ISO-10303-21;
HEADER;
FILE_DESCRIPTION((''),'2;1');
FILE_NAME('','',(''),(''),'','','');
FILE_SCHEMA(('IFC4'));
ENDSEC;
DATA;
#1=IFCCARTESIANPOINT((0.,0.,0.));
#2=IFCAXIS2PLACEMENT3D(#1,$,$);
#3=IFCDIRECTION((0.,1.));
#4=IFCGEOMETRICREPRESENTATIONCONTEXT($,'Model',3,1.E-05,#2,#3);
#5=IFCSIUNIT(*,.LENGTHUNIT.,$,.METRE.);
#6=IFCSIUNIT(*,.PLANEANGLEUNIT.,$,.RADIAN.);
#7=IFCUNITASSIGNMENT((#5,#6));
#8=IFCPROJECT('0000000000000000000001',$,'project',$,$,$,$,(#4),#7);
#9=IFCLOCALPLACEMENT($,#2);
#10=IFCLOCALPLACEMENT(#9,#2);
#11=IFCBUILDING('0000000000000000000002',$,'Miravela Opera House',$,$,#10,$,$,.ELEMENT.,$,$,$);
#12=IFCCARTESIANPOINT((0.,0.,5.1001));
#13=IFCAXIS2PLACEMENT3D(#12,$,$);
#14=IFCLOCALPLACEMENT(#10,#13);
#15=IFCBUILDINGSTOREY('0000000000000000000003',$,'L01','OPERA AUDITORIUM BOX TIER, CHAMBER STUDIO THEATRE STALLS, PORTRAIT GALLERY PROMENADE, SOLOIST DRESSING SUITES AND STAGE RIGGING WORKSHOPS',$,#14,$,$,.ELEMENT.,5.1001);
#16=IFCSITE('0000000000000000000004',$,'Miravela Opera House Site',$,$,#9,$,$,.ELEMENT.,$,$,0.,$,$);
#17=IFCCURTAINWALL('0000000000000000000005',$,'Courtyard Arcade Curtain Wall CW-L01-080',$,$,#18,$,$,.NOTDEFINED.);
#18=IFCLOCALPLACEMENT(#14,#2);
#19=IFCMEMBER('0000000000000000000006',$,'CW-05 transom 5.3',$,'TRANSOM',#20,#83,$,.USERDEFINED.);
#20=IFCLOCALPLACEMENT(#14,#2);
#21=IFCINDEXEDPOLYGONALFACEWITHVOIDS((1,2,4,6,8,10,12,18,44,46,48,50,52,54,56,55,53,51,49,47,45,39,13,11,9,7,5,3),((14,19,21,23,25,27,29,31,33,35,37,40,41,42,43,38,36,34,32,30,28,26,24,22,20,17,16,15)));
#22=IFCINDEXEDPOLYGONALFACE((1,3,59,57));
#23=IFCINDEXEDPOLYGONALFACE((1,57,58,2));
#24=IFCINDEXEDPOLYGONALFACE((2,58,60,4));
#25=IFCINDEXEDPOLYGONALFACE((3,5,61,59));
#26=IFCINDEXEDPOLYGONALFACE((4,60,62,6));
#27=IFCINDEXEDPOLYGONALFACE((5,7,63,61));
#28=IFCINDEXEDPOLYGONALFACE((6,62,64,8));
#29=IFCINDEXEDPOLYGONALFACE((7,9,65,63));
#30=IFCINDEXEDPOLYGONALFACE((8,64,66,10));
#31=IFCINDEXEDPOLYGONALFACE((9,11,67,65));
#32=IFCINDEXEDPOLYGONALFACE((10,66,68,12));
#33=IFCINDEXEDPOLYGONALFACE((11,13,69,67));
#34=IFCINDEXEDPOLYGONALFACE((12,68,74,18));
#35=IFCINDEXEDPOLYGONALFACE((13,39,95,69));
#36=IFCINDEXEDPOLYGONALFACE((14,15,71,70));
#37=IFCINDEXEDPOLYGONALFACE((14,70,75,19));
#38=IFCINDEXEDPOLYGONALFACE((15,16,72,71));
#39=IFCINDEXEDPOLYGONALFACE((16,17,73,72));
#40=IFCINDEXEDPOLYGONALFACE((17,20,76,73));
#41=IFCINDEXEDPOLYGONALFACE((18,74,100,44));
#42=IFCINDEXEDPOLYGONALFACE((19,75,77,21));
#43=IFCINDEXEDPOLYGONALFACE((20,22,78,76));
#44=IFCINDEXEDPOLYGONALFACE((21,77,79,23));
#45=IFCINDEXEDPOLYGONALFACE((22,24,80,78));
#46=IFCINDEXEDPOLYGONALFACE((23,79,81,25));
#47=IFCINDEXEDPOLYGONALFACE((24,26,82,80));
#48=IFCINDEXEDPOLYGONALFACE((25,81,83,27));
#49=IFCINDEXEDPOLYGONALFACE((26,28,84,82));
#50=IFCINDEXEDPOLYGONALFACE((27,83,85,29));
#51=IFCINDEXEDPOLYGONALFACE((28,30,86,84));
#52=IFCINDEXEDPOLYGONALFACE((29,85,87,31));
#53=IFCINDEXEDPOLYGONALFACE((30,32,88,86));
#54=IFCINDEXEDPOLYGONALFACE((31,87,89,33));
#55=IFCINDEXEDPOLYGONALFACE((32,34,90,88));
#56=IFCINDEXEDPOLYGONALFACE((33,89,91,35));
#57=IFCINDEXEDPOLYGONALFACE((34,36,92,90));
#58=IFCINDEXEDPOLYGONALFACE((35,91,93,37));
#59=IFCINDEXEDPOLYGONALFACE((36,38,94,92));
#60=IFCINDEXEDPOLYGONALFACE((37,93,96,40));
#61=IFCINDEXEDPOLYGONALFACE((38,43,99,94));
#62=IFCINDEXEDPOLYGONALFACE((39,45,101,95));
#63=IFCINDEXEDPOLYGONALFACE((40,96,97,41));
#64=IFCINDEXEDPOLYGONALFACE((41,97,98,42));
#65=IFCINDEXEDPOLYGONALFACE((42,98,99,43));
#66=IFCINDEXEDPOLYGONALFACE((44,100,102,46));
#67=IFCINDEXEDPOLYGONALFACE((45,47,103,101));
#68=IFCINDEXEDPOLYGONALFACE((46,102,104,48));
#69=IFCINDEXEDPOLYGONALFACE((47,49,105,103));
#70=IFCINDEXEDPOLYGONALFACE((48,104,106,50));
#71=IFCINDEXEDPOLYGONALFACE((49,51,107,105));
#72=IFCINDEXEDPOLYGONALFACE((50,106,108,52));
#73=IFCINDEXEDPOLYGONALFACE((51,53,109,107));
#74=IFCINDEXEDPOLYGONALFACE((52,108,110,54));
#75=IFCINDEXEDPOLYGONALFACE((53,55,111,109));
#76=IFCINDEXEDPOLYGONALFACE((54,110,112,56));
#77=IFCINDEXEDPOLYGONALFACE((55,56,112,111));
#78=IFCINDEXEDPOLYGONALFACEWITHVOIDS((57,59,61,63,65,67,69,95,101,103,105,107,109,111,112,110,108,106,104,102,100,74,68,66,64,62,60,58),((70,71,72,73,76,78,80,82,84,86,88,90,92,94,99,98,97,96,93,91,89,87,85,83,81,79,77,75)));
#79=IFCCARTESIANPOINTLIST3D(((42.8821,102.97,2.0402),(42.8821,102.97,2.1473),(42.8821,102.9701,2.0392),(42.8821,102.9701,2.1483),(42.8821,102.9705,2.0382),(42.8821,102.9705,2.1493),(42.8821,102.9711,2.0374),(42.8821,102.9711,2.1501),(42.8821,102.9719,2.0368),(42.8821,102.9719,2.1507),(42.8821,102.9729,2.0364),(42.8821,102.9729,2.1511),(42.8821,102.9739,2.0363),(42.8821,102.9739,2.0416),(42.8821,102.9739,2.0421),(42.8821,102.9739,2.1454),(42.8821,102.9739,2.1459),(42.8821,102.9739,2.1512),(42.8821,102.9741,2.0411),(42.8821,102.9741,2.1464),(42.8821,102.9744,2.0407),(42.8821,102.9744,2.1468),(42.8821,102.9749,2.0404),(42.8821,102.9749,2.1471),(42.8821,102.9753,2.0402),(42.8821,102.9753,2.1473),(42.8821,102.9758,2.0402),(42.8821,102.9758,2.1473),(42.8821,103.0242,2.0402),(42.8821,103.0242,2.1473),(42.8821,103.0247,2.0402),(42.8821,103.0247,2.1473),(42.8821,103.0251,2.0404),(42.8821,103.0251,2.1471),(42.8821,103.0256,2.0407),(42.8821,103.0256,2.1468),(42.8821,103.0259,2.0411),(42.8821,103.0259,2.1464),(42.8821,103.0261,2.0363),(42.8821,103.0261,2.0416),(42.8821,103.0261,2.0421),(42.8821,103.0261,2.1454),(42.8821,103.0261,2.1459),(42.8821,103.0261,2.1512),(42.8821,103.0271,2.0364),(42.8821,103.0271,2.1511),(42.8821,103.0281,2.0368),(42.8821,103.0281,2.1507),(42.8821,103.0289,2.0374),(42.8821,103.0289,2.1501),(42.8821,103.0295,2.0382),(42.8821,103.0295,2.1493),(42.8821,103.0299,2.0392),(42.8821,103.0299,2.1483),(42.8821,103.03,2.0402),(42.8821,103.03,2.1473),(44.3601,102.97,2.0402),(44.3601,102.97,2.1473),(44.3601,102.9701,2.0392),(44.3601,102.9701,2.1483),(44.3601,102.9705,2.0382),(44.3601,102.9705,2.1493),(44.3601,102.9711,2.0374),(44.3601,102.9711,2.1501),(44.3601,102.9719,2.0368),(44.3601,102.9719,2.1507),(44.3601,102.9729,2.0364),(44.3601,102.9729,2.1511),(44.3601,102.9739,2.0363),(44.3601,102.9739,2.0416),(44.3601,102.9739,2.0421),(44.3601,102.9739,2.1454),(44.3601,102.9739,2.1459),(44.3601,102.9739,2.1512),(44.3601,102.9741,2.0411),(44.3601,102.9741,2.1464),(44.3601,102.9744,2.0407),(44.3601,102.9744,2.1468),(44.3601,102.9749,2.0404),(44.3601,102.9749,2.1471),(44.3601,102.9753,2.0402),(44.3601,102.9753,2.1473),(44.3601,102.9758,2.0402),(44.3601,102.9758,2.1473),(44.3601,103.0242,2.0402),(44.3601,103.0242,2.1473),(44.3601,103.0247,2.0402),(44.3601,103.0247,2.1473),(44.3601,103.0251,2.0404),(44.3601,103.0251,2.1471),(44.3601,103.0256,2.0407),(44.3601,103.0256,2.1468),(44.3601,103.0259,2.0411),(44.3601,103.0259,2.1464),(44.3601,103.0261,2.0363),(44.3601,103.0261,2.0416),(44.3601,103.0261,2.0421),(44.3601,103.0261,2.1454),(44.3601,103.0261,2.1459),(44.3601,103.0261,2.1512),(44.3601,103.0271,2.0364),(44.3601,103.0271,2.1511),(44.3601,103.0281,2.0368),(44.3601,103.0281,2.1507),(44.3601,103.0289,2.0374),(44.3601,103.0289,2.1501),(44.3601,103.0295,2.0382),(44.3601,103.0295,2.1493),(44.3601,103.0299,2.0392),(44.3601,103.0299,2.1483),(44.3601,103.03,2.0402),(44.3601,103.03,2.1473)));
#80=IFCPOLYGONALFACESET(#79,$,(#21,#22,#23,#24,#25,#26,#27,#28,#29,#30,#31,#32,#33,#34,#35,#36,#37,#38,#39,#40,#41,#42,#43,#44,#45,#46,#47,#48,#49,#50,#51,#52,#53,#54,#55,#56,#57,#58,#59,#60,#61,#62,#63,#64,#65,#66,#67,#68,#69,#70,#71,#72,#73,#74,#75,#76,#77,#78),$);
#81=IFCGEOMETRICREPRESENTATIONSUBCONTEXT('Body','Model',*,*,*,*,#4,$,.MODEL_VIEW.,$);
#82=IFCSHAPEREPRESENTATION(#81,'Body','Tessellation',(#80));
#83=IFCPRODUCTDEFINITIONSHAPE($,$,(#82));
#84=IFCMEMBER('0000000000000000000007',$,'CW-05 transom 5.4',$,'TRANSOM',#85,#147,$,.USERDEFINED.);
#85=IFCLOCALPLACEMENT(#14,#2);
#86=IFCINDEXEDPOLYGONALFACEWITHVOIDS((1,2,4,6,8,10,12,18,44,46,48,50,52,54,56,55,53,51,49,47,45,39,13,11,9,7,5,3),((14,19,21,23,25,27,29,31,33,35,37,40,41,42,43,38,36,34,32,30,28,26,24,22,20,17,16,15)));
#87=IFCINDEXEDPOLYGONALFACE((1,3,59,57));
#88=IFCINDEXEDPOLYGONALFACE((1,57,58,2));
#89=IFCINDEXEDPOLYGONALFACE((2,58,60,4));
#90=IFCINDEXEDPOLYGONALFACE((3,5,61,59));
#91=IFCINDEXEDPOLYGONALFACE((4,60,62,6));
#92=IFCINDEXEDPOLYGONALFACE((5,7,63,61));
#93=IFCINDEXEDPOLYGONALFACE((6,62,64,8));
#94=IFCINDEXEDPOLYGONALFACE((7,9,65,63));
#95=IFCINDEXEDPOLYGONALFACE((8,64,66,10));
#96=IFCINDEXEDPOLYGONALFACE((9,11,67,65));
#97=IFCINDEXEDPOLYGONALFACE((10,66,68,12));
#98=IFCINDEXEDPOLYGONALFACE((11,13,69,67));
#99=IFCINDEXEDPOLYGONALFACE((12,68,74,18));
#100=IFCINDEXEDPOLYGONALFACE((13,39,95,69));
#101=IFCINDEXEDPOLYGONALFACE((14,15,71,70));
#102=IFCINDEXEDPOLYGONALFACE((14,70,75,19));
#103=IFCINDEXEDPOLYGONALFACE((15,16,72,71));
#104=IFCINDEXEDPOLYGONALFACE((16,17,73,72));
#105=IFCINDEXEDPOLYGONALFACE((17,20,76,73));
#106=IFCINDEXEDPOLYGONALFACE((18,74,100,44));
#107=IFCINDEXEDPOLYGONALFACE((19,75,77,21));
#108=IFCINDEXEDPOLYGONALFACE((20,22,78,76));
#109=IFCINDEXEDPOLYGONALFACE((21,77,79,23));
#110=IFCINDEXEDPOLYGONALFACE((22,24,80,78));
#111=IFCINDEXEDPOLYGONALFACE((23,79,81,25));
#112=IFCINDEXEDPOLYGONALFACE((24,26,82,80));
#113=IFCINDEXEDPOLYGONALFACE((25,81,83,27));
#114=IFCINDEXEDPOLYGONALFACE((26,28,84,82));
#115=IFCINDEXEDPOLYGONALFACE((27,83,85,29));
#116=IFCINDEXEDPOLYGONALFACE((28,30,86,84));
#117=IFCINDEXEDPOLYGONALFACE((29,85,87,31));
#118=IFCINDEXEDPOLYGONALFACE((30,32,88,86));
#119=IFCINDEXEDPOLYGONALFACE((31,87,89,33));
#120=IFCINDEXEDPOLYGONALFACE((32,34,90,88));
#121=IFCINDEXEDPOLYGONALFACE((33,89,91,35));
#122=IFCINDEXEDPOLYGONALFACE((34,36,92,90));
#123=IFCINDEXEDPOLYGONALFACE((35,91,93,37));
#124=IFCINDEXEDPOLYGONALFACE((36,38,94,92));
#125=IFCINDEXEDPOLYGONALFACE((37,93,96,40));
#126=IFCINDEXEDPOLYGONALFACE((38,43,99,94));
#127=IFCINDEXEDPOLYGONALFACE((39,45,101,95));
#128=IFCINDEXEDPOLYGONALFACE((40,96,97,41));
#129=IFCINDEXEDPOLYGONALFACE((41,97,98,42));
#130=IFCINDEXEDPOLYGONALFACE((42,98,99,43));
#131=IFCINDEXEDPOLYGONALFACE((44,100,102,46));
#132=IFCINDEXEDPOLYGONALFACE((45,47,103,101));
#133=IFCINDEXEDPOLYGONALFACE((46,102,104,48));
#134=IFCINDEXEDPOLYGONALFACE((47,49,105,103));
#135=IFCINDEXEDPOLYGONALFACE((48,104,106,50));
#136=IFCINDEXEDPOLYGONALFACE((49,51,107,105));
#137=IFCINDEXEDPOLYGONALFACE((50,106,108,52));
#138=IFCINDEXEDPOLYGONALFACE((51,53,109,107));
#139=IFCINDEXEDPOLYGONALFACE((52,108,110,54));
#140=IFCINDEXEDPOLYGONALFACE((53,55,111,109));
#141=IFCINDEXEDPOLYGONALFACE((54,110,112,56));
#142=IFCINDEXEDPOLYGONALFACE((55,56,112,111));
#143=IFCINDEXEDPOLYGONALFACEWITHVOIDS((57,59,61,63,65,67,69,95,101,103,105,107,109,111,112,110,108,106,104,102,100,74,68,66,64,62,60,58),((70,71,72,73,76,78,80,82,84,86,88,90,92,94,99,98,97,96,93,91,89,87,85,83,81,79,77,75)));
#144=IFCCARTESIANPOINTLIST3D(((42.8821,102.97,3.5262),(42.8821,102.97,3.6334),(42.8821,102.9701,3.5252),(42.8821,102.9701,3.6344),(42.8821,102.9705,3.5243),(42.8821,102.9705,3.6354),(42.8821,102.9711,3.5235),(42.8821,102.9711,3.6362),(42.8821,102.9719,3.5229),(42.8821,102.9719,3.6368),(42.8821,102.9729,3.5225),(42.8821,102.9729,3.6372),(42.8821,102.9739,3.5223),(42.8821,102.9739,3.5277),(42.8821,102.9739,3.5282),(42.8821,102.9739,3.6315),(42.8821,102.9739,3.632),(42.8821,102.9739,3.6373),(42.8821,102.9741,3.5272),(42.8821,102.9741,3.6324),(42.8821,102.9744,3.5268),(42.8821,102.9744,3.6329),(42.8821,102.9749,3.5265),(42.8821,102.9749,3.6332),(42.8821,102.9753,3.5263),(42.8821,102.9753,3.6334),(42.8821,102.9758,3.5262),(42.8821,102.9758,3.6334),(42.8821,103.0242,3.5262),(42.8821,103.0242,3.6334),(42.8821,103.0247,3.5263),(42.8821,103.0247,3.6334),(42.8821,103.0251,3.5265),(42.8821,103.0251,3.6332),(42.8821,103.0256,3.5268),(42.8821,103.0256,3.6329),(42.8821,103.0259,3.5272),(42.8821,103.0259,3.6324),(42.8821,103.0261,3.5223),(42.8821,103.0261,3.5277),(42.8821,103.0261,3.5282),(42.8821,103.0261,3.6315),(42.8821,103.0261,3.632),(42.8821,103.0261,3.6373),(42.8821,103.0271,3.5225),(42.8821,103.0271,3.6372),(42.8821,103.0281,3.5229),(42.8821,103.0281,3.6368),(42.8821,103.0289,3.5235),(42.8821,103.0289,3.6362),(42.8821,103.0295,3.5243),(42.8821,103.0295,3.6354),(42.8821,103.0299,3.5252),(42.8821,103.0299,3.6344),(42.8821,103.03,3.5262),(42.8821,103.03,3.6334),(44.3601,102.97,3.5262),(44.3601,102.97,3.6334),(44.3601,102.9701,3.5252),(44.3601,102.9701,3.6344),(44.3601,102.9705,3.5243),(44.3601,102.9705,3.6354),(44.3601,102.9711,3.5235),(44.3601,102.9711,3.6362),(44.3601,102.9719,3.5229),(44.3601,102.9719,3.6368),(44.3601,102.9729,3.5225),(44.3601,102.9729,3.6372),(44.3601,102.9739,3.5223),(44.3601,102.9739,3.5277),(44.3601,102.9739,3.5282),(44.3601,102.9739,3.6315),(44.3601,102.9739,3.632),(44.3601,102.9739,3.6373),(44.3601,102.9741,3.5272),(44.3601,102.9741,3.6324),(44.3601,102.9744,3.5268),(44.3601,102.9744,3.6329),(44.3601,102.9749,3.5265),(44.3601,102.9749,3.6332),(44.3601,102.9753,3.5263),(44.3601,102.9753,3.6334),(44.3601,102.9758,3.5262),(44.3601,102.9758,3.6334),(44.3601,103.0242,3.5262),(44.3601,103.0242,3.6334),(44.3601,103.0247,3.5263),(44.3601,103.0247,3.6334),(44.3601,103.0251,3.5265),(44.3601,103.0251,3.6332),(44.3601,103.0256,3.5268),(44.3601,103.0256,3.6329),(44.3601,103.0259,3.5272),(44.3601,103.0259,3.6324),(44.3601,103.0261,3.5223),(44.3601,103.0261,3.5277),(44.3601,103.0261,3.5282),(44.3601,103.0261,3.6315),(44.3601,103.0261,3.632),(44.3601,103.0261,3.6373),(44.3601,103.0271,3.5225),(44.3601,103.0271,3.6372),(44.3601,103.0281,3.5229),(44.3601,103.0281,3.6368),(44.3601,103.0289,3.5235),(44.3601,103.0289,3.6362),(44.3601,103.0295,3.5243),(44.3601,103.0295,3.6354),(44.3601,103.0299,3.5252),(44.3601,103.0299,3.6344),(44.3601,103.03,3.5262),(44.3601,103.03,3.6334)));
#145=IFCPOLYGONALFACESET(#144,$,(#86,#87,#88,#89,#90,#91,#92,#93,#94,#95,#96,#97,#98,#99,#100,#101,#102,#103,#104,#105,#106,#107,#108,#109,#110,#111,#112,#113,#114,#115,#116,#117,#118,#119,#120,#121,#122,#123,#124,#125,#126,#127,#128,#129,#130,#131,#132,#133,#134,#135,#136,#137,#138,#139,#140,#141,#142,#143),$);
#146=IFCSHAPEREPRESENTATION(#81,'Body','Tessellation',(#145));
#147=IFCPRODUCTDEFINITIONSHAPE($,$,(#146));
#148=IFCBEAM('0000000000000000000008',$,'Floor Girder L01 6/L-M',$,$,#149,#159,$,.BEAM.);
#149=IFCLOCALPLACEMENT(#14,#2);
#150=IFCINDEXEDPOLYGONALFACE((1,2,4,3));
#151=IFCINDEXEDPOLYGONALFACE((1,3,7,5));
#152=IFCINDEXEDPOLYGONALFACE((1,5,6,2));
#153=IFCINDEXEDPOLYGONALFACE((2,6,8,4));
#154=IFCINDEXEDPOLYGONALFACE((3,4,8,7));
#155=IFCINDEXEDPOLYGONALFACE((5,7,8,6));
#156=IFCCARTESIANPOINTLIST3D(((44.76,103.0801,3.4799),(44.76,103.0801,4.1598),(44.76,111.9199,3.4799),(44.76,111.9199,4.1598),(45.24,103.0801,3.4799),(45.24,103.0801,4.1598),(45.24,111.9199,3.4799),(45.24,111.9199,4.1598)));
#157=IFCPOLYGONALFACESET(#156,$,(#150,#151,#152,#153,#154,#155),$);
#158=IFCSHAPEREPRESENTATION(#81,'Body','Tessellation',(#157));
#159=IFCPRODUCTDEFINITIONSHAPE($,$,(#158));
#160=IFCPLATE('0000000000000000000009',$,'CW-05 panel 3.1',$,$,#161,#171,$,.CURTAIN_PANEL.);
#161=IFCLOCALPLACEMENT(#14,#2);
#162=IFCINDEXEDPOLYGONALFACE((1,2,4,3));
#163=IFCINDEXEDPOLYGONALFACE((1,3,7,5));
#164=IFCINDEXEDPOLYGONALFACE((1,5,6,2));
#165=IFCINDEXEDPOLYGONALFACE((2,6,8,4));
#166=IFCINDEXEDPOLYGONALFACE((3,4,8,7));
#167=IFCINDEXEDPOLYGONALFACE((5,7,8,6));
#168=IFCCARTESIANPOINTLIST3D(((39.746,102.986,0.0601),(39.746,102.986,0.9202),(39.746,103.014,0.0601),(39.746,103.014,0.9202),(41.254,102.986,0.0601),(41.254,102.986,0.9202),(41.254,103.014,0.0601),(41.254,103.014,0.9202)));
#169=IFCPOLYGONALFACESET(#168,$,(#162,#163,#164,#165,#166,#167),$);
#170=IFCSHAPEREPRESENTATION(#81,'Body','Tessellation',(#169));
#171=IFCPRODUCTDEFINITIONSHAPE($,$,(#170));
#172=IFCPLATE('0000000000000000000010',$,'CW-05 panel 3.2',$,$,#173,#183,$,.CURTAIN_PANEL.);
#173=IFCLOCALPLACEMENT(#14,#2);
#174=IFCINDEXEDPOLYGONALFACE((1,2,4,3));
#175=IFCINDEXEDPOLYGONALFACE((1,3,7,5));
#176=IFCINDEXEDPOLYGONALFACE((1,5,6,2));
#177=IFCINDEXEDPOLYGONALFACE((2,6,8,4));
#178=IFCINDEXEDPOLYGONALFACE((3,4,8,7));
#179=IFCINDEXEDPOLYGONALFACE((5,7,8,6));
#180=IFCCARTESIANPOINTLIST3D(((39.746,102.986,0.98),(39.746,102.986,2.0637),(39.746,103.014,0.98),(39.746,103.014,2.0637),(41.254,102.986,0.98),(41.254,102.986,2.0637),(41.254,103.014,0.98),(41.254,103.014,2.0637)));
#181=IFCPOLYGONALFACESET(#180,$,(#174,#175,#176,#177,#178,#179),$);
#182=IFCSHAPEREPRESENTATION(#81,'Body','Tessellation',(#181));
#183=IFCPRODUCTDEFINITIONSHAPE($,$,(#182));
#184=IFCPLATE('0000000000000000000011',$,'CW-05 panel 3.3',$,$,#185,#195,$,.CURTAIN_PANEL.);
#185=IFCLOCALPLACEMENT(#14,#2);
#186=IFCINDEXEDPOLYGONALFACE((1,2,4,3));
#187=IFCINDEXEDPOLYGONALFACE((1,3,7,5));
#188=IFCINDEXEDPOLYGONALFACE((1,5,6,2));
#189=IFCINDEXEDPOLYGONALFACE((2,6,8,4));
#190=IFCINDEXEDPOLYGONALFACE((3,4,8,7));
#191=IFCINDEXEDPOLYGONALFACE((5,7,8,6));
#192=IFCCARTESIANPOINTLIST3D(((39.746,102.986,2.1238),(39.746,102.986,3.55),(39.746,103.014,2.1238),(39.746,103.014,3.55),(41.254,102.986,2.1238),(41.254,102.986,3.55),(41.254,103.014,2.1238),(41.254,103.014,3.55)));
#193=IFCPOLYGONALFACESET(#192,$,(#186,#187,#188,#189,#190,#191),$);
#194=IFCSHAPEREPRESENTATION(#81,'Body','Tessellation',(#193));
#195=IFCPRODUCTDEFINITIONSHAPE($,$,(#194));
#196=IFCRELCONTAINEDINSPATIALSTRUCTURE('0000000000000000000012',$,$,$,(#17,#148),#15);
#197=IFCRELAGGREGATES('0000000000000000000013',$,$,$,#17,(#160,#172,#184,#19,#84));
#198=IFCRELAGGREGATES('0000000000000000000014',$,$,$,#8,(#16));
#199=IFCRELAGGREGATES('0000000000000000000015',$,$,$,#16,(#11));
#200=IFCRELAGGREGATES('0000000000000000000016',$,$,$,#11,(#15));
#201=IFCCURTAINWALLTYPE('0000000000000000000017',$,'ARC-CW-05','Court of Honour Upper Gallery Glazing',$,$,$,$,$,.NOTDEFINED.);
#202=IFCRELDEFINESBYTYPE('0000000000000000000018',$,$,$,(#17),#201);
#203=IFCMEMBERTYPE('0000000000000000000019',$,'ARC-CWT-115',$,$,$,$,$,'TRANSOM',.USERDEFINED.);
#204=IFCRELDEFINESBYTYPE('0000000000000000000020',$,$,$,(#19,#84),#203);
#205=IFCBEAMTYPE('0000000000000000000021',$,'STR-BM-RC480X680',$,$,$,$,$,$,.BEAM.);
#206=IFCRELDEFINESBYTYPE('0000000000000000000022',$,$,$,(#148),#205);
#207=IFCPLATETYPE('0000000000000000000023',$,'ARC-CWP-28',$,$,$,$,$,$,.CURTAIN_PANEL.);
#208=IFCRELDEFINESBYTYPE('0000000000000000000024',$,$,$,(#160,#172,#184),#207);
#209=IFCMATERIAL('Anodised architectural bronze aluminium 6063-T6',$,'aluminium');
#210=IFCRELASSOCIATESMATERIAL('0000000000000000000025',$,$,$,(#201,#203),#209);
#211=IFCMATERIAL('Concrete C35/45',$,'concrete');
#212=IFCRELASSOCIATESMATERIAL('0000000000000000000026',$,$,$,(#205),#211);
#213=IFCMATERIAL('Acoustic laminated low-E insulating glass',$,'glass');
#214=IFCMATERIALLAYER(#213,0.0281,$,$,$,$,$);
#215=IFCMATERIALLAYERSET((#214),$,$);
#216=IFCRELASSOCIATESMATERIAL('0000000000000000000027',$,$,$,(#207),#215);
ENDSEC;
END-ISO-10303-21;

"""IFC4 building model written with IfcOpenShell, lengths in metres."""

from ifc_helpers import new_model, si_unit, direction, frame, origin, origin_2d, place, context, subcontext, project, spatial, rectangle, hollow_rectangle, extrude, material, layer, layer_set, material_profile, profile_set, type_object, element, aggregate, save


model = new_model("IFC4")

# Units and contexts
model_context = context("Model", 3, precision=1e-05, world=origin(), true_north=direction((0.0, 1.0)))
body_context = subcontext(model_context, "Body", "Model", "MODEL_VIEW")
ifc_project = project(units=[si_unit("LENGTHUNIT", "METRE"), si_unit("PLANEANGLEUNIT", "RADIAN")], contexts=[model_context])

# Site, building, storey
site_placement = place(None, origin())
site = spatial("IfcSite", under=ifc_project, at=site_placement, Name="Miravela Opera House Site", CompositionType="ELEMENT", RefElevation=0.0)
building_placement = place(site_placement, origin())
building = spatial("IfcBuilding", under=site, at=building_placement, Name="Miravela Opera House", CompositionType="ELEMENT")
storey_placement = place(building_placement, frame((0.0, 0.0, 5.1001)))
storey = spatial("IfcBuildingStorey", under=building, at=storey_placement, Name="L01", Description="OPERA AUDITORIUM BOX TIER, CHAMBER STUDIO THEATRE STALLS, PORTRAIT GALLERY PROMENADE, SOLOIST DRESSING SUITES AND STAGE RIGGING WORKSHOPS", CompositionType="ELEMENT", Elevation=5.1001)

# Shared definitions
ifc_material_1 = material(Name="Concrete C35/45", Category="concrete")

# Curtain wall, members
ifc_material_2 = material(Name="Anodised architectural bronze aluminium 6063-T6", Category="aluminium")
curtain_wall_type = type_object("IfcCurtainWallType", Name="ARC-CW-05", Description="Court of Honour Upper Gallery Glazing", PredefinedType="NOTDEFINED", material=ifc_material_2)
curtain_wall_placement = place(storey_placement, origin())
curtain_wall = element("IfcCurtainWall", 1, at=curtain_wall_placement, inside=storey, type_object=curtain_wall_type, Name="Courtyard Arcade Curtain Wall CW-L01-080", PredefinedType="NOTDEFINED")
ifc_material_profile_1 = material_profile(ifc_material_2, hollow_rectangle(XDim=0.0601, YDim=0.115, WallThickness=0.0039, InnerFilletRadius=0.002, OuterFilletRadius=0.0039, at=origin_2d()), Name="CWT-60X115")
ifc_profile_set_1 = profile_set([ifc_material_profile_1])
member_type_1 = type_object("IfcMemberType", Name="ARC-CWT-115", ElementType="TRANSOM", PredefinedType="USERDEFINED", material=ifc_profile_set_1)
member_1_placement = place(storey_placement, frame((42.8821, 103.0, 2.0938), z_axis=(1.0, 0.0, 0.0), x_axis=(0.0, 1.0, 0.0)))
member_1 = element("IfcMember", 2, at=member_1_placement, type_object=member_type_1, Name="CW-05 transom 5.3", ObjectType="TRANSOM", PredefinedType="USERDEFINED", context=body_context, shape_type="SweptSolid", body=[
    extrude(hollow_rectangle(XDim=0.0601, YDim=0.115, WallThickness=0.0039, InnerFilletRadius=0.002, OuterFilletRadius=0.0039, at=origin_2d()), origin(), (0.0, 0.0, 1.0), 1.478),
])
member_2_placement = place(storey_placement, frame((42.8821, 103.0, 3.5798), z_axis=(1.0, 0.0, 0.0), x_axis=(0.0, 1.0, 0.0)))
member_2 = element("IfcMember", 3, at=member_2_placement, type_object=member_type_1, Name="CW-05 transom 5.4", ObjectType="TRANSOM", PredefinedType="USERDEFINED", context=body_context, shape_type="SweptSolid", body=[
    extrude(hollow_rectangle(XDim=0.0601, YDim=0.115, WallThickness=0.0039, InnerFilletRadius=0.002, OuterFilletRadius=0.0039, at=origin_2d()), origin(), (0.0, 0.0, 1.0), 1.478),
])

# Beam
ifc_material_profile_2 = material_profile(ifc_material_1, rectangle(XDim=0.48, YDim=0.6799, at=origin_2d()), Name="RC-BM-480X680")
ifc_profile_set_2 = profile_set([ifc_material_profile_2])
beam_type = type_object("IfcBeamType", Name="STR-BM-RC480X680", PredefinedType="BEAM", material=ifc_profile_set_2)
beam_placement = place(storey_placement, frame((45.0, 103.0801, 3.8198), z_axis=(0.0, 1.0, 0.0), x_axis=(-1.0, 0.0, 0.0)))
element("IfcBeam", 4, at=beam_placement, inside=storey, type_object=beam_type, Name="Floor Girder L01 6/L-M", PredefinedType="BEAM", context=body_context, shape_type="SweptSolid", body=[
    extrude(rectangle(XDim=0.48, YDim=0.6799, at=origin_2d()), origin(), (0.0, 0.0, 1.0), 8.8398),
])

# Plates
ifc_material_3 = material(Name="Acoustic laminated low-E insulating glass", Category="glass")
ifc_layer = layer(ifc_material_3, 0.0281)
ifc_layer_set = layer_set([ifc_layer])
plate_type = type_object("IfcPlateType", Name="ARC-CWP-28", PredefinedType="CURTAIN_PANEL", material=ifc_layer_set)
plate_1_placement = place(storey_placement, frame((40.5, 103.0, 0.0601), z_axis=(0.0, 0.0, 1.0), x_axis=(1.0, 0.0, 0.0)))
plate_1 = element("IfcPlate", 5, at=plate_1_placement, type_object=plate_type, Name="CW-05 panel 3.1", PredefinedType="CURTAIN_PANEL", context=body_context, shape_type="SweptSolid", body=[
    extrude(rectangle(XDim=1.5081, YDim=0.0281, at=origin_2d()), origin(), (0.0, 0.0, 1.0), 0.8601),
])
plate_2_placement = place(storey_placement, frame((40.5, 103.0, 0.98), z_axis=(0.0, 0.0, 1.0), x_axis=(1.0, 0.0, 0.0)))
plate_2 = element("IfcPlate", 6, at=plate_2_placement, type_object=plate_type, Name="CW-05 panel 3.2", PredefinedType="CURTAIN_PANEL", context=body_context, shape_type="SweptSolid", body=[
    extrude(rectangle(XDim=1.5081, YDim=0.0281, at=origin_2d()), origin(), (0.0, 0.0, 1.0), 1.0837),
])
plate_3_placement = place(storey_placement, frame((40.5, 103.0, 2.1238), z_axis=(0.0, 0.0, 1.0), x_axis=(1.0, 0.0, 0.0)))
plate_3 = element("IfcPlate", 7, at=plate_3_placement, type_object=plate_type, Name="CW-05 panel 3.3", PredefinedType="CURTAIN_PANEL", context=body_context, shape_type="SweptSolid", body=[
    extrude(rectangle(XDim=1.5081, YDim=0.0281, at=origin_2d()), origin(), (0.0, 0.0, 1.0), 1.4263),
])
aggregate(curtain_wall, [plate_1, plate_2, plate_3, member_1, member_2])

save(model, "model.ifc")
